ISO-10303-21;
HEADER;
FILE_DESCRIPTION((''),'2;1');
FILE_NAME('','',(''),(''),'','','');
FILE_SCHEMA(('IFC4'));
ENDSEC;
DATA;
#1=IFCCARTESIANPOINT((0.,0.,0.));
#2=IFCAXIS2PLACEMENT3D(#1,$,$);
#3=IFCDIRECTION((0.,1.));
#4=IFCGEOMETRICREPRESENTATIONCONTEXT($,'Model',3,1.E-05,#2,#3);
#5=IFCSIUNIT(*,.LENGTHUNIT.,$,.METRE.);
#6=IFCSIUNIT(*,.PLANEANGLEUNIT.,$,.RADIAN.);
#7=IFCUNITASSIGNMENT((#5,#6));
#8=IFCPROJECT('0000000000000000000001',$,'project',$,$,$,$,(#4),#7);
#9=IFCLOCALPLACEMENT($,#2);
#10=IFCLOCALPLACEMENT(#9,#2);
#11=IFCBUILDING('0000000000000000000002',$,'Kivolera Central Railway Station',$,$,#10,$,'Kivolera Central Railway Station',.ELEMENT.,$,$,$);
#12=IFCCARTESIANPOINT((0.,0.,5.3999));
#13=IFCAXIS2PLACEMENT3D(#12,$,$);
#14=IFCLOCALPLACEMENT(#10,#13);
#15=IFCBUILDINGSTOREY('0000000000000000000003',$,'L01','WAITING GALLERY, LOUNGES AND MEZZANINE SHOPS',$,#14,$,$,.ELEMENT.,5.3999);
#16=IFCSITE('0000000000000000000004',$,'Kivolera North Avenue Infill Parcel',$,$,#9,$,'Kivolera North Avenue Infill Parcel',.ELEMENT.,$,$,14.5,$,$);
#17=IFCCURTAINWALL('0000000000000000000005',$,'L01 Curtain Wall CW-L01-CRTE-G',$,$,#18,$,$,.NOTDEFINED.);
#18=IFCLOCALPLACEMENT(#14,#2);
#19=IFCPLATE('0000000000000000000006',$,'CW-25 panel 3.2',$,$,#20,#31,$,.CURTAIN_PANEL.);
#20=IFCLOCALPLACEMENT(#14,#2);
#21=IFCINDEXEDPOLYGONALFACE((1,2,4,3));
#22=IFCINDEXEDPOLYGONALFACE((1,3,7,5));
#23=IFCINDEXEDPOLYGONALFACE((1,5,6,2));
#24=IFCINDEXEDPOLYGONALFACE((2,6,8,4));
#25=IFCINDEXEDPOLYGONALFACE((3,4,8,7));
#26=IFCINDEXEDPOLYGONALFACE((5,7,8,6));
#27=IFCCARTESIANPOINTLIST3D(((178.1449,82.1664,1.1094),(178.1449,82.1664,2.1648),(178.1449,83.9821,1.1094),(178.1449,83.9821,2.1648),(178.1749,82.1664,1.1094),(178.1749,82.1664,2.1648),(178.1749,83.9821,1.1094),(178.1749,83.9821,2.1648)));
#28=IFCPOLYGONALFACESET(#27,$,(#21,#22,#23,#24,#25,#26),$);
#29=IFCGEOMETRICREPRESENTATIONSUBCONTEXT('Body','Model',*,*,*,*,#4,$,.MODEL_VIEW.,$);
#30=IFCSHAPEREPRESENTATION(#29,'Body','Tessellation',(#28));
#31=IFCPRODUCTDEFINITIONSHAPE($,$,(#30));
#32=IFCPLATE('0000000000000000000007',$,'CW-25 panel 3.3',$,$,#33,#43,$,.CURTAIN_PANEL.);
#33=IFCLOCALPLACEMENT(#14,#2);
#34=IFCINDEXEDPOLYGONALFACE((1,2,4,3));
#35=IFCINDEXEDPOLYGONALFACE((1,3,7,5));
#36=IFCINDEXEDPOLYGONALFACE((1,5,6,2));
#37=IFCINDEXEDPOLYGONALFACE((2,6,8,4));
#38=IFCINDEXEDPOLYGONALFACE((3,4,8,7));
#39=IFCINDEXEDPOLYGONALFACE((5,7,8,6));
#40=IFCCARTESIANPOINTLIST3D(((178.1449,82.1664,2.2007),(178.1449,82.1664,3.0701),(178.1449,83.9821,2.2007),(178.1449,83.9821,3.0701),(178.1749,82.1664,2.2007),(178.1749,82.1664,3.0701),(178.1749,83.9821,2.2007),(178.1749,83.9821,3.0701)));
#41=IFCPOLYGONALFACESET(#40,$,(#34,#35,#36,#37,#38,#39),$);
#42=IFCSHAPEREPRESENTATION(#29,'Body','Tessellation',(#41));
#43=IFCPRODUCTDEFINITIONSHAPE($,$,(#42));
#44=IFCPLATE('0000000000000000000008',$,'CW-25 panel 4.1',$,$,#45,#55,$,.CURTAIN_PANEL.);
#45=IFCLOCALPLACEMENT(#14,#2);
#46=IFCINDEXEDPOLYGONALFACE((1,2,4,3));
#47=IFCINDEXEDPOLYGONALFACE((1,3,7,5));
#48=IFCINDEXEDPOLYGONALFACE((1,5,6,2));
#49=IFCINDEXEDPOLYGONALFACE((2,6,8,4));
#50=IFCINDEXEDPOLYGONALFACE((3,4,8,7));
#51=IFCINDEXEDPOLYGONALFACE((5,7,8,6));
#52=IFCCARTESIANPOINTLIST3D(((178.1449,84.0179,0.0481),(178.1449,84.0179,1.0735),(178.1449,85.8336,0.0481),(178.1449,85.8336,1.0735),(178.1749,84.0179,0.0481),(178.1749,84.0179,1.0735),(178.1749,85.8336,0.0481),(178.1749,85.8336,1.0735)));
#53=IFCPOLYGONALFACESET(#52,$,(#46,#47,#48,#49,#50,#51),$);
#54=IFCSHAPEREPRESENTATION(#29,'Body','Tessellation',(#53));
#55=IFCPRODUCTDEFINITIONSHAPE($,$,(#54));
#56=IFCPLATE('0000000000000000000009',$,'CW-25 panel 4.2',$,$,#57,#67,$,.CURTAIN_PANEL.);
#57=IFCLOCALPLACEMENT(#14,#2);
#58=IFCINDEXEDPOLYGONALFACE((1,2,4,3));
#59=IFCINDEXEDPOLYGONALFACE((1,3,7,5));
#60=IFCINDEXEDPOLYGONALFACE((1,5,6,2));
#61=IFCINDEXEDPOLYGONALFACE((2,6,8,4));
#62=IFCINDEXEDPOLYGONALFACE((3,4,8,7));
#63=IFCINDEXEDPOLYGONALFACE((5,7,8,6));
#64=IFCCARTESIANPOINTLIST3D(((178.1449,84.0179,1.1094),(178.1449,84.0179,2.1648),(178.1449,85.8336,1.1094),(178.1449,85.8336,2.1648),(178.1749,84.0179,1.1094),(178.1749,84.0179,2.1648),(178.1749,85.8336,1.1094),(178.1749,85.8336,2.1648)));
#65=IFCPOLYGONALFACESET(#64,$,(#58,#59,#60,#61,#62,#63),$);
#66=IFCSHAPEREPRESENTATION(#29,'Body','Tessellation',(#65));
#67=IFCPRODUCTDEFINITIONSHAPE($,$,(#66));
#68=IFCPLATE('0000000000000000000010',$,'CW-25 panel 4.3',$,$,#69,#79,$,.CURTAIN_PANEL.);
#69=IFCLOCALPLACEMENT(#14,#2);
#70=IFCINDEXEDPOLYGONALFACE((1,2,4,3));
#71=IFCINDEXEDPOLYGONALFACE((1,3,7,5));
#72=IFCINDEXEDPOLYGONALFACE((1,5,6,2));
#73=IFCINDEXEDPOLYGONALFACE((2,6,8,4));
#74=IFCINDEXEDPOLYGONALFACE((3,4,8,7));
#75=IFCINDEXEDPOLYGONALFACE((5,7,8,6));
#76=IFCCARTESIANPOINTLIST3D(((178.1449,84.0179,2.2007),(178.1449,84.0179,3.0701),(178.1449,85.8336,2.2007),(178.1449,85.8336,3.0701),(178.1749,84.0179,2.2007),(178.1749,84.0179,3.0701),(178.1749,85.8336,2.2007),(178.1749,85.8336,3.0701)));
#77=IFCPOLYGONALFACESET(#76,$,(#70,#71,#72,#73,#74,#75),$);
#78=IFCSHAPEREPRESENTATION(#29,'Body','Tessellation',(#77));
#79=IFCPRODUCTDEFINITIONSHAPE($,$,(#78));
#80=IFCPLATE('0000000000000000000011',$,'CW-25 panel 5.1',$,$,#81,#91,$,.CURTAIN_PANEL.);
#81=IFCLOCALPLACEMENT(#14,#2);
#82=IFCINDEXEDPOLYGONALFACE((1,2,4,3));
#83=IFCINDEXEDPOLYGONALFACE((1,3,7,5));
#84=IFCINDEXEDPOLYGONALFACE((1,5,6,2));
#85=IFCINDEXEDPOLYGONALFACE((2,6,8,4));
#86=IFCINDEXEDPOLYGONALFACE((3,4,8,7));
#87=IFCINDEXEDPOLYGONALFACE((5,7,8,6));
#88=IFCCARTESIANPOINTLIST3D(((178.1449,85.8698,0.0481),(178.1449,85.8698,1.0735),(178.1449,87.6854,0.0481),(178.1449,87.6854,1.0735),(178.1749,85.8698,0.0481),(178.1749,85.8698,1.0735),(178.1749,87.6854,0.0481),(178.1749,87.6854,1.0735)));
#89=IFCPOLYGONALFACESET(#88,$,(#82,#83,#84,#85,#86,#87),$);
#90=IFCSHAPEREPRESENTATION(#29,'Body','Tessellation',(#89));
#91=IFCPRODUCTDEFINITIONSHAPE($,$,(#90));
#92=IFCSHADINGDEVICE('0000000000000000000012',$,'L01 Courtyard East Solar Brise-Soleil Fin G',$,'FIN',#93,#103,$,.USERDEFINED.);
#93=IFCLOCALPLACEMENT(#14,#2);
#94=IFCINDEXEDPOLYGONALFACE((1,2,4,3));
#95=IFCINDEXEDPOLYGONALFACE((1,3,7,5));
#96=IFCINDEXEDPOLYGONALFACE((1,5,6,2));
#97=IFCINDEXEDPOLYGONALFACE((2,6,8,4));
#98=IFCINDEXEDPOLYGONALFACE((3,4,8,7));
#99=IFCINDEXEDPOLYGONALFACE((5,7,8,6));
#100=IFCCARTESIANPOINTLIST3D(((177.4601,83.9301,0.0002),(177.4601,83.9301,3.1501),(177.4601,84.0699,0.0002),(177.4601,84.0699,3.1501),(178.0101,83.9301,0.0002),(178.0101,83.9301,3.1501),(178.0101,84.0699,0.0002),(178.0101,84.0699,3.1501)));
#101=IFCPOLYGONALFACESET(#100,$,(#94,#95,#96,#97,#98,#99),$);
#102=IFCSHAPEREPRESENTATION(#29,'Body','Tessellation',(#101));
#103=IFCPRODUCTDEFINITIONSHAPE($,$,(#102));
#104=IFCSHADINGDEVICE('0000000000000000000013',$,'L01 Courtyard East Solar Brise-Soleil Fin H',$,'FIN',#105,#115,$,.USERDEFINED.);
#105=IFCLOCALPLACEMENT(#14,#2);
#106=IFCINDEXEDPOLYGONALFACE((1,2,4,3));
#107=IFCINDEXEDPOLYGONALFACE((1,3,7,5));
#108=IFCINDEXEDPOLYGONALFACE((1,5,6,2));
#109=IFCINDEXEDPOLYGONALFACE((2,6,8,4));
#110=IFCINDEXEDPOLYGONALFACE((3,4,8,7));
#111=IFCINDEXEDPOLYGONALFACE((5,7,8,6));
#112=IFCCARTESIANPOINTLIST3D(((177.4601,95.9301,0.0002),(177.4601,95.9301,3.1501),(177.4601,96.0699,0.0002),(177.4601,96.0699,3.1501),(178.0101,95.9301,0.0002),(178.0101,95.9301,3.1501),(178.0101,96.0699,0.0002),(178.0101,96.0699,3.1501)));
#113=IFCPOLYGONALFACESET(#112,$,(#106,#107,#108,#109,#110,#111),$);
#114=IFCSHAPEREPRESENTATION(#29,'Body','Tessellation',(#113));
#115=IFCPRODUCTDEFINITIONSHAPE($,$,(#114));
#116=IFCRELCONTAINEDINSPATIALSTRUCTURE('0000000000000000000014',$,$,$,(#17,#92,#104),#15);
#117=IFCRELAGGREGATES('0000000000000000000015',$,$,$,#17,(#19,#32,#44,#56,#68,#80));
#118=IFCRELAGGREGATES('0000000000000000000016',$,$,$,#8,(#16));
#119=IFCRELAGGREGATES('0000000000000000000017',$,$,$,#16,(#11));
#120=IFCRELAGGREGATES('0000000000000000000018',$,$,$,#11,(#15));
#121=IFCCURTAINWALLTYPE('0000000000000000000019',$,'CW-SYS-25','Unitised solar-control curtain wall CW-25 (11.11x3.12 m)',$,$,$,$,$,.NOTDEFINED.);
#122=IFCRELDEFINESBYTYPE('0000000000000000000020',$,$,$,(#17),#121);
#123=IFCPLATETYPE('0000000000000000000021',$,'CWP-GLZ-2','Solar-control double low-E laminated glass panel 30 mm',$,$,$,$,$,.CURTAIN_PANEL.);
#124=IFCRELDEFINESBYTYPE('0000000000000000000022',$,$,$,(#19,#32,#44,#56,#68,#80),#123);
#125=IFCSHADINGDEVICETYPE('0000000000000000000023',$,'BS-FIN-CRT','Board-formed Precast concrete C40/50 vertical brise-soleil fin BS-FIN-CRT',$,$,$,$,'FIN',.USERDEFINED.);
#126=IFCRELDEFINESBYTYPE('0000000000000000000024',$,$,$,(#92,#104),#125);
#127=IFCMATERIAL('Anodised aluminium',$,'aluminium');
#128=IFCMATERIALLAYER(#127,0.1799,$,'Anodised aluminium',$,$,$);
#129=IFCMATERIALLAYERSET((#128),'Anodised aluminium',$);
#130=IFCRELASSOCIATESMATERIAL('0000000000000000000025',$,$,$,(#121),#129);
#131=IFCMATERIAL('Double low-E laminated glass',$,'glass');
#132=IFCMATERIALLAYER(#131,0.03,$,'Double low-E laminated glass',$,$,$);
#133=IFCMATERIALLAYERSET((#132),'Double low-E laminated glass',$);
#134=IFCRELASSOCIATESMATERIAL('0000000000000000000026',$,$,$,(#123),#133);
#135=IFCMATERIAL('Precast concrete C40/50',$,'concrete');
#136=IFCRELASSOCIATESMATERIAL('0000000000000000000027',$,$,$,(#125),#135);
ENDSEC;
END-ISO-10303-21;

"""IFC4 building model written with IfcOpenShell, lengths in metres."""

from ifc_helpers import new_model, si_unit, direction, frame, origin, origin_2d, place, context, subcontext, project, spatial, rectangle, extrude, material, layer, layer_set, type_object, element, aggregate, save


model = new_model("IFC4")

# Units and contexts
model_context = context("Model", 3, precision=1e-05, world=origin(), true_north=direction((0.0, 1.0)))
body_context = subcontext(model_context, "Body", "Model", "MODEL_VIEW")
ifc_project = project(units=[si_unit("LENGTHUNIT", "METRE"), si_unit("PLANEANGLEUNIT", "RADIAN")], contexts=[model_context])

# Site, building, storey
site_placement = place(None, origin())
site = spatial("IfcSite", under=ifc_project, at=site_placement, Name="Kivolera North Avenue Infill Parcel", LongName="Kivolera North Avenue Infill Parcel", CompositionType="ELEMENT", RefElevation=14.5)
building_placement = place(site_placement, origin())
building = spatial("IfcBuilding", under=site, at=building_placement, Name="Kivolera Central Railway Station", LongName="Kivolera Central Railway Station", CompositionType="ELEMENT")
storey_placement = place(building_placement, frame((0.0, 0.0, 5.3999)))
storey = spatial("IfcBuildingStorey", under=building, at=storey_placement, Name="L01", Description="WAITING GALLERY, LOUNGES AND MEZZANINE SHOPS", CompositionType="ELEMENT", Elevation=5.3999)

# Curtain wall, plates
ifc_material_1 = material(Name="Anodised aluminium", Category="aluminium")
ifc_layer_1 = layer(ifc_material_1, 0.1799, Name="Anodised aluminium")
ifc_layer_set_1 = layer_set([ifc_layer_1], Name="Anodised aluminium")
curtain_wall_type = type_object("IfcCurtainWallType", Name="CW-SYS-25", Description="Unitised solar-control curtain wall CW-25 (11.11x3.12 m)", PredefinedType="NOTDEFINED", material=ifc_layer_set_1)
curtain_wall_placement = place(storey_placement, origin())
curtain_wall = element("IfcCurtainWall", 1, at=curtain_wall_placement, inside=storey, type_object=curtain_wall_type, Name="L01 Curtain Wall CW-L01-CRTE-G", PredefinedType="NOTDEFINED")
ifc_material_2 = material(Name="Double low-E laminated glass", Category="glass")
ifc_layer_2 = layer(ifc_material_2, 0.03, Name="Double low-E laminated glass")
ifc_layer_set_2 = layer_set([ifc_layer_2], Name="Double low-E laminated glass")
plate_type = type_object("IfcPlateType", Name="CWP-GLZ-2", Description="Solar-control double low-E laminated glass panel 30 mm", PredefinedType="CURTAIN_PANEL", material=ifc_layer_set_2)
plate_1_placement = place(storey_placement, frame((178.1599, 83.0742, 1.1094), z_axis=(0.0, 0.0, 1.0), x_axis=(0.0, 1.0, 0.0)))
plate_1 = element("IfcPlate", 2, at=plate_1_placement, type_object=plate_type, Name="CW-25 panel 3.2", PredefinedType="CURTAIN_PANEL", context=body_context, shape_type="SweptSolid", body=[
    extrude(rectangle(XDim=1.8157, YDim=0.03, at=origin_2d()), origin(), (0.0, 0.0, 1.0), 1.0554),
])
plate_2_placement = place(storey_placement, frame((178.1599, 83.0742, 2.2007), z_axis=(0.0, 0.0, 1.0), x_axis=(0.0, 1.0, 0.0)))
plate_2 = element("IfcPlate", 3, at=plate_2_placement, type_object=plate_type, Name="CW-25 panel 3.3", PredefinedType="CURTAIN_PANEL", context=body_context, shape_type="SweptSolid", body=[
    extrude(rectangle(XDim=1.8157, YDim=0.03, at=origin_2d()), origin(), (0.0, 0.0, 1.0), 0.8694),
])
plate_3_placement = place(storey_placement, frame((178.1599, 84.9258, 0.0481), z_axis=(0.0, 0.0, 1.0), x_axis=(0.0, 1.0, 0.0)))
plate_3 = element("IfcPlate", 4, at=plate_3_placement, type_object=plate_type, Name="CW-25 panel 4.1", PredefinedType="CURTAIN_PANEL", context=body_context, shape_type="SweptSolid", body=[
    extrude(rectangle(XDim=1.8157, YDim=0.03, at=origin_2d()), origin(), (0.0, 0.0, 1.0), 1.0254),
])
plate_4_placement = place(storey_placement, frame((178.1599, 84.9258, 1.1094), z_axis=(0.0, 0.0, 1.0), x_axis=(0.0, 1.0, 0.0)))
plate_4 = element("IfcPlate", 5, at=plate_4_placement, type_object=plate_type, Name="CW-25 panel 4.2", PredefinedType="CURTAIN_PANEL", context=body_context, shape_type="SweptSolid", body=[
    extrude(rectangle(XDim=1.8157, YDim=0.03, at=origin_2d()), origin(), (0.0, 0.0, 1.0), 1.0554),
])
plate_5_placement = place(storey_placement, frame((178.1599, 84.9258, 2.2007), z_axis=(0.0, 0.0, 1.0), x_axis=(0.0, 1.0, 0.0)))
plate_5 = element("IfcPlate", 6, at=plate_5_placement, type_object=plate_type, Name="CW-25 panel 4.3", PredefinedType="CURTAIN_PANEL", context=body_context, shape_type="SweptSolid", body=[
    extrude(rectangle(XDim=1.8157, YDim=0.03, at=origin_2d()), origin(), (0.0, 0.0, 1.0), 0.8694),
])
plate_6_placement = place(storey_placement, frame((178.1599, 86.7776, 0.0481), z_axis=(0.0, 0.0, 1.0), x_axis=(0.0, 1.0, 0.0)))
plate_6 = element("IfcPlate", 7, at=plate_6_placement, type_object=plate_type, Name="CW-25 panel 5.1", PredefinedType="CURTAIN_PANEL", context=body_context, shape_type="SweptSolid", body=[
    extrude(rectangle(XDim=1.8157, YDim=0.03, at=origin_2d()), origin(), (0.0, 0.0, 1.0), 1.0254),
])
aggregate(curtain_wall, [plate_1, plate_2, plate_3, plate_4, plate_5, plate_6])

# Shading devices
ifc_material_3 = material(Name="Precast concrete C40/50", Category="concrete")
shading_device_type = type_object("IfcShadingDeviceType", Name="BS-FIN-CRT", Description="Board-formed Precast concrete C40/50 vertical brise-soleil fin BS-FIN-CRT", ElementType="FIN", PredefinedType="USERDEFINED", material=ifc_material_3)
for number, where, z_axis, x_axis, name in (
    (8, (177.7351, 84.0, 0.0002), (0.0, 0.0, 1.0), (1.0, 0.0, 0.0), "L01 Courtyard East Solar Brise-Soleil Fin G"),
    (9, (177.7351, 96.0, 0.0002), (0.0, 0.0, 1.0), (1.0, 0.0, 0.0), "L01 Courtyard East Solar Brise-Soleil Fin H"),
):
    element("IfcShadingDevice", number, at=place(storey_placement, frame(where, z_axis=z_axis, x_axis=x_axis)), inside=storey, type_object=shading_device_type, Name=name, ObjectType="FIN", PredefinedType="USERDEFINED", context=body_context, shape_type="SweptSolid", body=[
        extrude(rectangle(XDim=0.55, YDim=0.1399, at=origin_2d()), origin(), (0.0, 0.0, 1.0), 3.1499),
    ])

save(model, "model.ifc")
